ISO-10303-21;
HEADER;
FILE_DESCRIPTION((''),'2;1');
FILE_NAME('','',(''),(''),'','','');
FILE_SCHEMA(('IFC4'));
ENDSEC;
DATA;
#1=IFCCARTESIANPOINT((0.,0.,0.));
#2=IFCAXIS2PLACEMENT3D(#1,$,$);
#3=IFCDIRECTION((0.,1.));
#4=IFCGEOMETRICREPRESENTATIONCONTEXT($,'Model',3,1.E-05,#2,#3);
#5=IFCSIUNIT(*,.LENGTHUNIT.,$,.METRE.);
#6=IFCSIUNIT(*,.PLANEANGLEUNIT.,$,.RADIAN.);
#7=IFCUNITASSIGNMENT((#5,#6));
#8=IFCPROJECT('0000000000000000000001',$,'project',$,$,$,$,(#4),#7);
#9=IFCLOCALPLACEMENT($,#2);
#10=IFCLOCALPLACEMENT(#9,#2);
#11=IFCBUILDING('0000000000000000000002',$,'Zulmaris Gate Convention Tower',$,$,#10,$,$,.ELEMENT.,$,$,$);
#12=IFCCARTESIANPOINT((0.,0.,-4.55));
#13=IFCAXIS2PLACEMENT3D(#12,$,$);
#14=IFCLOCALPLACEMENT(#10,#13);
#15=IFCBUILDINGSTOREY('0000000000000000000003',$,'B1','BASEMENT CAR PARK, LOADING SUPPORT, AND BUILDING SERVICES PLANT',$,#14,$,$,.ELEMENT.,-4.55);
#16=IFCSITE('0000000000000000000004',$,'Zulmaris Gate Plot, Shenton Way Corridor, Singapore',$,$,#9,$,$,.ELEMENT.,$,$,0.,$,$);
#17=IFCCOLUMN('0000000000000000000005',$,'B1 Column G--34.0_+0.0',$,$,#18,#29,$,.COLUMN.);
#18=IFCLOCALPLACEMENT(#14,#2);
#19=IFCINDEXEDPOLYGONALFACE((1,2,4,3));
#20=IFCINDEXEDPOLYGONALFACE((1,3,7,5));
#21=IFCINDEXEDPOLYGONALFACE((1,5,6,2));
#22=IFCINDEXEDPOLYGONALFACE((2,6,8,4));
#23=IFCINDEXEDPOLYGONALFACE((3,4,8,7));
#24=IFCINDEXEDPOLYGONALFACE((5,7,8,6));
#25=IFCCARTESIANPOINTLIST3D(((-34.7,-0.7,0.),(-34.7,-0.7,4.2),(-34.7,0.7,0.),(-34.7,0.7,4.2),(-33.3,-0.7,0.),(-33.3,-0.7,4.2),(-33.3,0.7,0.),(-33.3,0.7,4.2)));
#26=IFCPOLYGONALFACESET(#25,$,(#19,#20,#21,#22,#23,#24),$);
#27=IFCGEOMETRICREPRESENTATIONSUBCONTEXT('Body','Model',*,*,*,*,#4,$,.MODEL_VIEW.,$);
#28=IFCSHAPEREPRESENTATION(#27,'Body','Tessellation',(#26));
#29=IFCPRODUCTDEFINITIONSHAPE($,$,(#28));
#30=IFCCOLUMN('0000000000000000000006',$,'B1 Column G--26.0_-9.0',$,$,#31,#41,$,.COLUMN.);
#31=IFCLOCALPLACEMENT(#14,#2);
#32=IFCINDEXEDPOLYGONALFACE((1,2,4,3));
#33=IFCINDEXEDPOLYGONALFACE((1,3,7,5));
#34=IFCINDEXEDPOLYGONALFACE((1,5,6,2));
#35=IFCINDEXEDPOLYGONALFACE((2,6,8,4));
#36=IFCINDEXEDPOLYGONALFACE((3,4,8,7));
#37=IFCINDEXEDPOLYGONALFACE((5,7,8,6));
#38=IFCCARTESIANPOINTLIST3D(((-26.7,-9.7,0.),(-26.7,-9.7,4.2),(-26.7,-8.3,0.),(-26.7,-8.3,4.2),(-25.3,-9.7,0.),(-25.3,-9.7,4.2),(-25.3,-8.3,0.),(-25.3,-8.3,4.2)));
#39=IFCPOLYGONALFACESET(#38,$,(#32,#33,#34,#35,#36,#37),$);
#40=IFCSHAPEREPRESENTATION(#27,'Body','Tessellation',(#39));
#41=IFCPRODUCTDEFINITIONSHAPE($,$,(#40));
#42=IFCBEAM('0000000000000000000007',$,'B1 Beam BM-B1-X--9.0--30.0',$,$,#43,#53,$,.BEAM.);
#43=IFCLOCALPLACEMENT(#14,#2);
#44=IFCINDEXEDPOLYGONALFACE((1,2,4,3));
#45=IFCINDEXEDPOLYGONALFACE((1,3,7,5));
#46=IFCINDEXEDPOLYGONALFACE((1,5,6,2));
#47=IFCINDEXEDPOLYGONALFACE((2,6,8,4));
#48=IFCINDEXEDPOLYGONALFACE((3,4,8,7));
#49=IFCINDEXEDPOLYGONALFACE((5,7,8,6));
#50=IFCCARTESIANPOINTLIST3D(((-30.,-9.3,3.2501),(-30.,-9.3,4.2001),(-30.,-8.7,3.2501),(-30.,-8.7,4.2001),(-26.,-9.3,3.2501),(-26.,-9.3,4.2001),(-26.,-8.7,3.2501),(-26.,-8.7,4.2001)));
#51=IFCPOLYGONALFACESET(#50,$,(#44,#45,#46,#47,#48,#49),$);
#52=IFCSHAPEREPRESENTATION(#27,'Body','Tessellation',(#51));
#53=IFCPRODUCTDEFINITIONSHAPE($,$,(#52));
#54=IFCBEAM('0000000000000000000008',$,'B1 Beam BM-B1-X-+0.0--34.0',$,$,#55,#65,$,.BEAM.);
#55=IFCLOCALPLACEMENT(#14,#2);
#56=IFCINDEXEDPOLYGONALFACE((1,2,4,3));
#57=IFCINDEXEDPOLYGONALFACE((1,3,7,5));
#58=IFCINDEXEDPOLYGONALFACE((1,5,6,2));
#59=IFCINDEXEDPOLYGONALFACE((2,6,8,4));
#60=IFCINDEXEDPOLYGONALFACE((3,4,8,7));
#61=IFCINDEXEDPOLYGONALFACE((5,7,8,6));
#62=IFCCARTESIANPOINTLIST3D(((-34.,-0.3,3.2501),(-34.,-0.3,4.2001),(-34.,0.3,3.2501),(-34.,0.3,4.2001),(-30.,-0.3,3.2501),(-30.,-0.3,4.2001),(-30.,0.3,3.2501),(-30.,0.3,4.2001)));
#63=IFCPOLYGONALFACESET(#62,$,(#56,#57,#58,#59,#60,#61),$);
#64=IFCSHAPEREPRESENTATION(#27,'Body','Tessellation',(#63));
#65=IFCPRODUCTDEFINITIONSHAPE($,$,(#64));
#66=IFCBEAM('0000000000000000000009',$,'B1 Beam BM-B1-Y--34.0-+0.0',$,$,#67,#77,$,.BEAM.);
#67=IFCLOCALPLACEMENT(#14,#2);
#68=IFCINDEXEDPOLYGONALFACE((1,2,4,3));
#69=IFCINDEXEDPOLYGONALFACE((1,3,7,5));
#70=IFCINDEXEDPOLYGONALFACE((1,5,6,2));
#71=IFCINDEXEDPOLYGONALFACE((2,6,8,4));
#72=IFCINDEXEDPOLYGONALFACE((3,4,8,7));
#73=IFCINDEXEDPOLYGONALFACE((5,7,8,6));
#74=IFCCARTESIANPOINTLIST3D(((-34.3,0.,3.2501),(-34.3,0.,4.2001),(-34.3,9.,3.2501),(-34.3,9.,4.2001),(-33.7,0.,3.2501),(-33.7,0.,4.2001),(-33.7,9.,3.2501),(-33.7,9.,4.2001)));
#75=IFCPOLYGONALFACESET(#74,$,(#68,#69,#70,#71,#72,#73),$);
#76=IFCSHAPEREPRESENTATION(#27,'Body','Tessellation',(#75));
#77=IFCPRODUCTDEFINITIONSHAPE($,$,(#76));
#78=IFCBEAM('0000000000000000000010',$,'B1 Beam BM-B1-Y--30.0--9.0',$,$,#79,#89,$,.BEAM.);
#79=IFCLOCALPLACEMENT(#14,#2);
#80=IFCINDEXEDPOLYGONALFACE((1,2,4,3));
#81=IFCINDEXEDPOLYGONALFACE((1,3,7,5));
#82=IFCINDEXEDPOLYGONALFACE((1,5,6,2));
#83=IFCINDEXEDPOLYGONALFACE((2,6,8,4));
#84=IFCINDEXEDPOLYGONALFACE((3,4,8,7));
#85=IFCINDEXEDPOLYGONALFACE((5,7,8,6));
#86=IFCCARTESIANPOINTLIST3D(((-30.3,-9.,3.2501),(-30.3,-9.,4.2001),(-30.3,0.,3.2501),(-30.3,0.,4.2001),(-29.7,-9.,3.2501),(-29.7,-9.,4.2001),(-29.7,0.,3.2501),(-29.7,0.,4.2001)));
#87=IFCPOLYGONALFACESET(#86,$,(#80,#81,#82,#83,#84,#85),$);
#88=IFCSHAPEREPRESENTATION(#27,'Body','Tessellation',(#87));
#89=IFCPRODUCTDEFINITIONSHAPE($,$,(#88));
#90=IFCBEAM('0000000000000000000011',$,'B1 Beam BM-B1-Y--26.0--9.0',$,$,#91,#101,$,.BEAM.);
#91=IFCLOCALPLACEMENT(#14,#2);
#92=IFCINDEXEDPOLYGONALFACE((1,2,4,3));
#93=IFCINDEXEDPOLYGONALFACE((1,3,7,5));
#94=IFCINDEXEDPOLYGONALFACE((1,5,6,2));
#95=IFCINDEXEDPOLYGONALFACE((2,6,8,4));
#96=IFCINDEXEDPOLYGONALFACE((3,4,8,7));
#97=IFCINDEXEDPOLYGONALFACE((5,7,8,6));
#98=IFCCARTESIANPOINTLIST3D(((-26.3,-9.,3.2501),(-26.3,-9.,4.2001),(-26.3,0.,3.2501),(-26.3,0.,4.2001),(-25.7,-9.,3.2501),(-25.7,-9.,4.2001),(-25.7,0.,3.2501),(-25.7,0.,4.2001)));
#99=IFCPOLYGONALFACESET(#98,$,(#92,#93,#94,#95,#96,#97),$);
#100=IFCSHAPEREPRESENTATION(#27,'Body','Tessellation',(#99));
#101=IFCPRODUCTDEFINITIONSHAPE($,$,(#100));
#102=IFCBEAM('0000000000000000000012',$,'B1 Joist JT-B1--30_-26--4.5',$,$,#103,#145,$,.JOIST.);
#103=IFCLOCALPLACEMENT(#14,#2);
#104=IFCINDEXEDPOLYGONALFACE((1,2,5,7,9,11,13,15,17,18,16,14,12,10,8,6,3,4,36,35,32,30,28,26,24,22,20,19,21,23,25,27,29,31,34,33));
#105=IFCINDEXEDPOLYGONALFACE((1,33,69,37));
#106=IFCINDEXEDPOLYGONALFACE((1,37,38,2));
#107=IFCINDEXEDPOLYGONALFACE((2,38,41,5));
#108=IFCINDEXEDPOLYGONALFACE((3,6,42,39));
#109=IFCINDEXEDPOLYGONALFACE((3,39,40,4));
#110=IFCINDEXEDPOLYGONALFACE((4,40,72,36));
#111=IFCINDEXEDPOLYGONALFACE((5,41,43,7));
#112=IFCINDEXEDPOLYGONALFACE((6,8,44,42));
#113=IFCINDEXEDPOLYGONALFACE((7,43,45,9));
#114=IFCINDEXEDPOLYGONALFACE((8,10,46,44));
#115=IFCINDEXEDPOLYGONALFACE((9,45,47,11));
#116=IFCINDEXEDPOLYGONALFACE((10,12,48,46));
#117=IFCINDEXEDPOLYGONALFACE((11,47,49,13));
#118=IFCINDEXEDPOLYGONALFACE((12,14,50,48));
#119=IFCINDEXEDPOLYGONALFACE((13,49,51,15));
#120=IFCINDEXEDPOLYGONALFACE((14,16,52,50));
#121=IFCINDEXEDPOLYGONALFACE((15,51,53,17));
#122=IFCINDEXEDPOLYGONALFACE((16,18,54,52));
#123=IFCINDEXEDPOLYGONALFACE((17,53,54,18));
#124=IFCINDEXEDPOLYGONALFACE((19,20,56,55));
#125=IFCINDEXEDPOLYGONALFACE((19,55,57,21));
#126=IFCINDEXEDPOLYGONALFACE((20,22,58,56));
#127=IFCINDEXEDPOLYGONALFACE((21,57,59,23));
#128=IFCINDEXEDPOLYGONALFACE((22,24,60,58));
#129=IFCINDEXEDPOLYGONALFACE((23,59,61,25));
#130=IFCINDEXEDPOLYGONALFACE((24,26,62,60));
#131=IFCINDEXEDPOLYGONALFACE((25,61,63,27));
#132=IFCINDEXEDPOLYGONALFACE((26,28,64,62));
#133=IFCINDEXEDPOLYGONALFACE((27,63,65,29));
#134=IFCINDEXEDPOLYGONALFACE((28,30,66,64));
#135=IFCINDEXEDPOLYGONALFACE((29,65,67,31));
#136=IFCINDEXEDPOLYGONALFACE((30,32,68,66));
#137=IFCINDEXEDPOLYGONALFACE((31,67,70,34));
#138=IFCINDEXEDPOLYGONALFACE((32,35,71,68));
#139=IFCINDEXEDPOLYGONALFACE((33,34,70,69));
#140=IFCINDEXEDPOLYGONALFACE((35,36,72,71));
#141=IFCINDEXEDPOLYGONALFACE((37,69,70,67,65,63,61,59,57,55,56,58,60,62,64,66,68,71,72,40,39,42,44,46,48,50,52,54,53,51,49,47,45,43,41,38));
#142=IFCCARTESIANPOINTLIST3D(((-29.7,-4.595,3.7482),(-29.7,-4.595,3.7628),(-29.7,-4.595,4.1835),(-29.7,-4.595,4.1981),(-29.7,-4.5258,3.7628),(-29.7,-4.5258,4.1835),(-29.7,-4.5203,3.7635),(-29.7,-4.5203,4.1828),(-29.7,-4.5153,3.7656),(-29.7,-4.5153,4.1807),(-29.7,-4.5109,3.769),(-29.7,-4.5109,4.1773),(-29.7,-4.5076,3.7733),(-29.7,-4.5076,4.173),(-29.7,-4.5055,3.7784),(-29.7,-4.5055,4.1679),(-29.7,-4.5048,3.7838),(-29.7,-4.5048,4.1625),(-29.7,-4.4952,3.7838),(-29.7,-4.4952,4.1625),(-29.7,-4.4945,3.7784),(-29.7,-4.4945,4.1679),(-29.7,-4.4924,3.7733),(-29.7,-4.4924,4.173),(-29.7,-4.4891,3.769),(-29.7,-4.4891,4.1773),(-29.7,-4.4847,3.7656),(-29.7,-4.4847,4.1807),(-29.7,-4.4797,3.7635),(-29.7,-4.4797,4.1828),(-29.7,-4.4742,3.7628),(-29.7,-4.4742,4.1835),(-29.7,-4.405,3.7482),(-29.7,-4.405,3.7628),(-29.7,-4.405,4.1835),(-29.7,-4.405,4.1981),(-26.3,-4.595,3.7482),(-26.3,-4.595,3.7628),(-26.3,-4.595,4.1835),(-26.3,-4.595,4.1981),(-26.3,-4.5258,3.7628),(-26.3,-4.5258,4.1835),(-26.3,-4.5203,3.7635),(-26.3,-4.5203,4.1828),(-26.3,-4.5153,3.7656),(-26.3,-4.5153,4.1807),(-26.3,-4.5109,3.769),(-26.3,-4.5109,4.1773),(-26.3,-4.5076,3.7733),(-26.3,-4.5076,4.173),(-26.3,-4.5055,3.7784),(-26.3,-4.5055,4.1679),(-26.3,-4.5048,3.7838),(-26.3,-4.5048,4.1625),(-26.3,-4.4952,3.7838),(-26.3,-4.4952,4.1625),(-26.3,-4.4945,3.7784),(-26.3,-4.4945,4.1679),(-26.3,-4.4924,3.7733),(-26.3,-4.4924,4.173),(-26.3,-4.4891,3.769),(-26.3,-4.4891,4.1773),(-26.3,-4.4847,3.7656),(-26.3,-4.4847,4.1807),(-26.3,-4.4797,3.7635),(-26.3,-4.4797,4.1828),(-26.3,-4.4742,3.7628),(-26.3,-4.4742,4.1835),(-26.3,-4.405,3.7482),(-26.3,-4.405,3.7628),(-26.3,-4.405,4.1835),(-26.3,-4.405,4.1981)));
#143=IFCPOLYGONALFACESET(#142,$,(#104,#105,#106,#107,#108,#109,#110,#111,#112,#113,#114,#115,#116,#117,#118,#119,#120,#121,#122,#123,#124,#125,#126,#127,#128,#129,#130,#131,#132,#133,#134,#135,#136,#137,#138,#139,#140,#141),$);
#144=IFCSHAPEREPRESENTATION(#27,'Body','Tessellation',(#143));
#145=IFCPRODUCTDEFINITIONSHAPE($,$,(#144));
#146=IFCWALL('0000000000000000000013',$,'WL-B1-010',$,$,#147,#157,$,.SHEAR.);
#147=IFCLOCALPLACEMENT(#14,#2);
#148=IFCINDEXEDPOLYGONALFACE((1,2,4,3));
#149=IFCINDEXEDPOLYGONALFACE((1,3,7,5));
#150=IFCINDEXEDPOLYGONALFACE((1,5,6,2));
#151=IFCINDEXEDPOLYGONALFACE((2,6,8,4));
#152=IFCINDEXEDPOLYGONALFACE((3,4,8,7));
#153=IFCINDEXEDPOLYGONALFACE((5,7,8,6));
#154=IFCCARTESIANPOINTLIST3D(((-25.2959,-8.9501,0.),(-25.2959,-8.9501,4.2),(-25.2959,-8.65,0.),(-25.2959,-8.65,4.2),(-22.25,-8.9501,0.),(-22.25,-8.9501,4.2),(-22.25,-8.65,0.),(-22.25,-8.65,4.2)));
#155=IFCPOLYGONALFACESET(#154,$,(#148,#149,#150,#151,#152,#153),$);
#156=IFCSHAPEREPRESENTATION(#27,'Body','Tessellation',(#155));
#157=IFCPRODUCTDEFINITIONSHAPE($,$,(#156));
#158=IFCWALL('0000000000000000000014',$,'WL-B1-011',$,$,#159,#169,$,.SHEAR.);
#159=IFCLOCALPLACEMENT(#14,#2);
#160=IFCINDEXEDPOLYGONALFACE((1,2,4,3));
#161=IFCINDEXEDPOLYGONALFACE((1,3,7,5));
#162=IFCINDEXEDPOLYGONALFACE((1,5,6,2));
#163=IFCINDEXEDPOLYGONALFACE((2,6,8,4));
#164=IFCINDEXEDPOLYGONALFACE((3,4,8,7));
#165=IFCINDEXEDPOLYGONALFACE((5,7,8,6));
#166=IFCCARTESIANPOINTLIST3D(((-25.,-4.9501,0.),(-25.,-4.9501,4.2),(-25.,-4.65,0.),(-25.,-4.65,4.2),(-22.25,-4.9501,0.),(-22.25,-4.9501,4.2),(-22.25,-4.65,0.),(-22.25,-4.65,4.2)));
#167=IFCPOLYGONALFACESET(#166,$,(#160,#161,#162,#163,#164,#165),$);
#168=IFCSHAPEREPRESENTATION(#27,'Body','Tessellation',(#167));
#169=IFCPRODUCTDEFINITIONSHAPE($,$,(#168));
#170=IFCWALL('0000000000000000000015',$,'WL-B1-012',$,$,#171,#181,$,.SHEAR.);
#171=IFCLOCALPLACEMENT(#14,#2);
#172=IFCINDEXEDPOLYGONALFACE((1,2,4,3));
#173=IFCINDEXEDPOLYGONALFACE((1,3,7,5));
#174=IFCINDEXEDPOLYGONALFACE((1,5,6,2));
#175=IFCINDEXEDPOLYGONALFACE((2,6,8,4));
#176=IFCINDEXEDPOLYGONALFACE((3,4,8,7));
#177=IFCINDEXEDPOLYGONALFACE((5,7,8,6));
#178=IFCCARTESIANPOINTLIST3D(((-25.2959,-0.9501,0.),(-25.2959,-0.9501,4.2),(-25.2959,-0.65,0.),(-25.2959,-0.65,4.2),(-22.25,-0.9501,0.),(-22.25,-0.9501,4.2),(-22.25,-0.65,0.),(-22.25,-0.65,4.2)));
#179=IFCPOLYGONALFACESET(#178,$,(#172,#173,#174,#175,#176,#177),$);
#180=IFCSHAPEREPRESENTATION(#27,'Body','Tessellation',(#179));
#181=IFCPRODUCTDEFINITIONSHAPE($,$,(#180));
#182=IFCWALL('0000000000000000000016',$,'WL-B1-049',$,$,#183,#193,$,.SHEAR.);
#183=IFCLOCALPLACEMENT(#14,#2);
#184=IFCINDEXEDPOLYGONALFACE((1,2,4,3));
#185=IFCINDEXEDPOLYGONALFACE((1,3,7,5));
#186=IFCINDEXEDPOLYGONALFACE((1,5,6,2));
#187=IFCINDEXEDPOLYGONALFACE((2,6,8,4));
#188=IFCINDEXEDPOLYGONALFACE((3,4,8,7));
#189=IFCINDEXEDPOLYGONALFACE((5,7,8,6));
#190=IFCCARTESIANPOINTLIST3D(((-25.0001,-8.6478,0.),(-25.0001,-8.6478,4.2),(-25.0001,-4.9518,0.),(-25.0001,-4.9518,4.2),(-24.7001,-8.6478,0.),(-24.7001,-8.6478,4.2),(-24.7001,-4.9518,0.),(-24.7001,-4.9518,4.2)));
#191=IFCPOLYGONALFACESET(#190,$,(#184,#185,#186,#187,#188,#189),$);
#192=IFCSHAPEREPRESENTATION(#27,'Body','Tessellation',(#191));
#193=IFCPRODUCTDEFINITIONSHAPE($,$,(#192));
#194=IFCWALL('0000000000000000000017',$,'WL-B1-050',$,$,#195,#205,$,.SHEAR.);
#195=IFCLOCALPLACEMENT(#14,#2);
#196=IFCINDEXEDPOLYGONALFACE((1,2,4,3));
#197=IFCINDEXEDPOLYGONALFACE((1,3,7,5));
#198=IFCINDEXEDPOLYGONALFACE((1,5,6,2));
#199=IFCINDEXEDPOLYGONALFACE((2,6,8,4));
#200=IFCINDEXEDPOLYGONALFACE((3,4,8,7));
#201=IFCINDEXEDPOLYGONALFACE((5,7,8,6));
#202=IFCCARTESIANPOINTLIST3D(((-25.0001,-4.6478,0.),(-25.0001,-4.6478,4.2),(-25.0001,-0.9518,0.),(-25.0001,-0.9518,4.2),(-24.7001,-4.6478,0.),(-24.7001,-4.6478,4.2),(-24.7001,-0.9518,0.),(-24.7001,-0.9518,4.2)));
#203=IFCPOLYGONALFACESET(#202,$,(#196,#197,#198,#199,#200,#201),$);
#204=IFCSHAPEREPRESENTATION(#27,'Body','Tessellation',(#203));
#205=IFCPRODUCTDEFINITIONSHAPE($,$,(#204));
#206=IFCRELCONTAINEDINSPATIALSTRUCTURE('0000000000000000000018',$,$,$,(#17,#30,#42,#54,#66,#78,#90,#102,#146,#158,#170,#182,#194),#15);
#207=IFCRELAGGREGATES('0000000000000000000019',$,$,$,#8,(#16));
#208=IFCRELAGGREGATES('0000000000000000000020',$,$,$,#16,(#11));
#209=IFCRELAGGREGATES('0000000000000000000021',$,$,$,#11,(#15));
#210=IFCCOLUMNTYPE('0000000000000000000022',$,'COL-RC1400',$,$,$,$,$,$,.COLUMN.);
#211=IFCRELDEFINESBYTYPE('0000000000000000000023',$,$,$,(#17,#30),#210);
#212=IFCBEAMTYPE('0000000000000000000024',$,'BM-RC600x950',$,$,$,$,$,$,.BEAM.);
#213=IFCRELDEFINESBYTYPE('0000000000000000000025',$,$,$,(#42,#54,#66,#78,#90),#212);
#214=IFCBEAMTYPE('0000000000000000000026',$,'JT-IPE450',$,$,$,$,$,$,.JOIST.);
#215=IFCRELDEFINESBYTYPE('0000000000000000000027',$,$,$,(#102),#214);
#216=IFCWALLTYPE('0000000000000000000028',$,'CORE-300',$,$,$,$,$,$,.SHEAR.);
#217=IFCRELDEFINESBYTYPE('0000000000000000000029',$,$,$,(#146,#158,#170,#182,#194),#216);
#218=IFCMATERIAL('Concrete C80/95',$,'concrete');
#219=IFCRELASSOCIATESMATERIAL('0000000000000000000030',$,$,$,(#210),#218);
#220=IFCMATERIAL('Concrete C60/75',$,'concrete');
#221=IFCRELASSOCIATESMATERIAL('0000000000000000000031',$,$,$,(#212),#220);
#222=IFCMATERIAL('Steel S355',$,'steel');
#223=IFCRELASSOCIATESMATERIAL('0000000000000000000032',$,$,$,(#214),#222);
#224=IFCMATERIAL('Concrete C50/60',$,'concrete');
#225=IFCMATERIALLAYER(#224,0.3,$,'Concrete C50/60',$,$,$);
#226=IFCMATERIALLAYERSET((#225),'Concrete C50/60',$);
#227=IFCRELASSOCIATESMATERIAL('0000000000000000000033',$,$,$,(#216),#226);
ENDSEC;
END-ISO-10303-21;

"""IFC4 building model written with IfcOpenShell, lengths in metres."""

from ifc_helpers import new_model, si_unit, direction, frame, frame_2d, origin, origin_2d, place, context, subcontext, project, spatial, rectangle, i_section, extrude, material, layer, layer_set, material_profile, profile_set, type_object, element, save


model = new_model("IFC4")

# Units and contexts
model_context = context("Model", 3, precision=1e-05, world=origin(), true_north=direction((0.0, 1.0)))
body_context = subcontext(model_context, "Body", "Model", "MODEL_VIEW")
ifc_project = project(units=[si_unit("LENGTHUNIT", "METRE"), si_unit("PLANEANGLEUNIT", "RADIAN")], contexts=[model_context])

# Site, building, storey
site_placement = place(None, origin())
site = spatial("IfcSite", under=ifc_project, at=site_placement, Name="Zulmaris Gate Plot, Shenton Way Corridor, Singapore", CompositionType="ELEMENT", RefElevation=0.0)
building_placement = place(site_placement, origin())
building = spatial("IfcBuilding", under=site, at=building_placement, Name="Zulmaris Gate Convention Tower", CompositionType="ELEMENT")
storey_placement = place(building_placement, frame((0.0, 0.0, -4.55)))
storey = spatial("IfcBuildingStorey", under=building, at=storey_placement, Name="B1", Description="BASEMENT CAR PARK, LOADING SUPPORT, AND BUILDING SERVICES PLANT", CompositionType="ELEMENT", Elevation=-4.55)

# Columns
ifc_material_1 = material(Name="Concrete C80/95", Category="concrete")
ifc_material_profile_1 = material_profile(ifc_material_1, rectangle(XDim=1.3999, YDim=1.3999, at=origin_2d()), Name="RC COL 1400x1400")
ifc_profile_set_1 = profile_set([ifc_material_profile_1], Name="Concrete C80/95")
column_type = type_object("IfcColumnType", Name="COL-RC1400", PredefinedType="COLUMN", material=ifc_profile_set_1)
for number, where, z_axis, x_axis, name in (
    (1, (-34.0, 0.0, 0.0), (0.0, 0.0, 1.0), (1.0, 0.0, 0.0), "B1 Column G--34.0_+0.0"),
    (2, (-26.0, -9.0, 0.0), (0.0, 0.0, 1.0), (1.0, 0.0, 0.0), "B1 Column G--26.0_-9.0"),
):
    element("IfcColumn", number, at=place(storey_placement, frame(where, z_axis=z_axis, x_axis=x_axis)), inside=storey, type_object=column_type, Name=name, PredefinedType="COLUMN", context=body_context, shape_type="SweptSolid", body=[
        extrude(rectangle(XDim=1.3999, YDim=1.3999, at=origin_2d()), origin(), (0.0, 0.0, 1.0), 4.2),
    ])

# Beams
ifc_material_2 = material(Name="Concrete C60/75", Category="concrete")
ifc_material_profile_2 = material_profile(ifc_material_2, rectangle(XDim=0.6001, YDim=0.95, at=origin_2d()), Name="RC BEAM 600x950")
ifc_profile_set_2 = profile_set([ifc_material_profile_2], Name="Concrete C60/75")
beam_type_1 = type_object("IfcBeamType", Name="BM-RC600x950", PredefinedType="BEAM", material=ifc_profile_set_2)
for number, where, z_axis, x_axis, name in (
    (3, (-30.0, -9.0, 3.7251), (1.0, 0.0, 0.0), (0.0, 1.0, 0.0), "B1 Beam BM-B1-X--9.0--30.0"),
    (4, (-34.0, 0.0, 3.7251), (1.0, 0.0, 0.0), (0.0, 1.0, 0.0), "B1 Beam BM-B1-X-+0.0--34.0"),
):
    element("IfcBeam", number, at=place(storey_placement, frame(where, z_axis=z_axis, x_axis=x_axis)), inside=storey, type_object=beam_type_1, Name=name, PredefinedType="BEAM", context=body_context, shape_type="SweptSolid", body=[
        extrude(rectangle(XDim=0.6001, YDim=0.95, at=origin_2d()), origin(), (0.0, 0.0, 1.0), 4.0),
    ])
for number, where, z_axis, x_axis, name in (
    (5, (-34.0, 0.0, 3.7251), (0.0, 1.0, 0.0), (-1.0, 0.0, 0.0), "B1 Beam BM-B1-Y--34.0-+0.0"),
    (6, (-30.0, -9.0, 3.7251), (0.0, 1.0, 0.0), (-1.0, 0.0, 0.0), "B1 Beam BM-B1-Y--30.0--9.0"),
    (7, (-26.0, -9.0, 3.7251), (0.0, 1.0, 0.0), (-1.0, 0.0, 0.0), "B1 Beam BM-B1-Y--26.0--9.0"),
):
    element("IfcBeam", number, at=place(storey_placement, frame(where, z_axis=z_axis, x_axis=x_axis)), inside=storey, type_object=beam_type_1, Name=name, PredefinedType="BEAM", context=body_context, shape_type="SweptSolid", body=[
        extrude(rectangle(XDim=0.6001, YDim=0.95, at=origin_2d()), origin(), (0.0, 0.0, 1.0), 9.0),
    ])
ifc_material_3 = material(Name="Steel S355", Category="steel")
ifc_material_profile_3 = material_profile(ifc_material_3, i_section(OverallWidth=0.1899, OverallDepth=0.45, WebThickness=0.0095, FlangeThickness=0.0146, FilletRadius=0.021, at=origin_2d()), Name="IPE 450")
ifc_profile_set_3 = profile_set([ifc_material_profile_3], Name="Steel S355")
beam_type_2 = type_object("IfcBeamType", Name="JT-IPE450", PredefinedType="JOIST", material=ifc_profile_set_3)
beam_placement = place(storey_placement, frame((-29.7, -4.5, 3.9731), z_axis=(1.0, 0.0, 0.0), x_axis=(0.0, 1.0, 0.0)))
element("IfcBeam", 8, at=beam_placement, inside=storey, type_object=beam_type_2, Name="B1 Joist JT-B1--30_-26--4.5", PredefinedType="JOIST", context=body_context, shape_type="SweptSolid", body=[
    extrude(i_section(OverallWidth=0.1899, OverallDepth=0.45, WebThickness=0.0095, FlangeThickness=0.0146, FilletRadius=0.021, at=origin_2d()), origin(), (0.0, 0.0, 1.0), 3.3999),
])

# Walls
ifc_material_4 = material(Name="Concrete C50/60", Category="concrete")
ifc_layer_1 = layer(ifc_material_4, 0.3, Name="Concrete C50/60")
ifc_layer_set_1 = layer_set([ifc_layer_1], Name="Concrete C50/60")
wall_type_1 = type_object("IfcWallType", Name="CORE-300", PredefinedType="SHEAR", material=ifc_layer_set_1)
wall_1_placement = place(storey_placement, frame((-25.2959, -8.8, 0.0), z_axis=(0.0, 0.0, 1.0), x_axis=(1.0, 0.0, 0.0)))
element("IfcWall", 9, at=wall_1_placement, inside=storey, type_object=wall_type_1, Name="WL-B1-010", PredefinedType="SHEAR", context=body_context, shape_type="SweptSolid", body=[
    extrude(rectangle(XDim=3.0459, YDim=0.3, at=frame_2d((1.5229, 0.0))), origin(), (0.0, 0.0, 1.0), 4.2),
])
wall_2_placement = place(storey_placement, frame((-25.0, -4.8, 0.0), z_axis=(0.0, 0.0, 1.0), x_axis=(1.0, 0.0, 0.0)))
element("IfcWall", 10, at=wall_2_placement, inside=storey, type_object=wall_type_1, Name="WL-B1-011", PredefinedType="SHEAR", context=body_context, shape_type="SweptSolid", body=[
    extrude(rectangle(XDim=2.75, YDim=0.3, at=frame_2d((1.375, 0.0))), origin(), (0.0, 0.0, 1.0), 4.2),
])
wall_3_placement = place(storey_placement, frame((-25.2959, -0.8, 0.0), z_axis=(0.0, 0.0, 1.0), x_axis=(1.0, 0.0, 0.0)))
element("IfcWall", 11, at=wall_3_placement, inside=storey, type_object=wall_type_1, Name="WL-B1-012", PredefinedType="SHEAR", context=body_context, shape_type="SweptSolid", body=[
    extrude(rectangle(XDim=3.0459, YDim=0.3, at=frame_2d((1.5229, 0.0))), origin(), (0.0, 0.0, 1.0), 4.2),
])
for number, where, z_axis, x_axis, name in (
    (12, (-24.8501, -8.6479, 0.0), (0.0, 0.0, 1.0), (0.0, 1.0, 0.0), "WL-B1-049"),
    (13, (-24.8501, -4.6479, 0.0), (0.0, 0.0, 1.0), (0.0, 1.0, 0.0), "WL-B1-050"),
):
    element("IfcWall", number, at=place(storey_placement, frame(where, z_axis=z_axis, x_axis=x_axis)), inside=storey, type_object=wall_type_1, Name=name, PredefinedType="SHEAR", context=body_context, shape_type="SweptSolid", body=[
        extrude(rectangle(XDim=3.696, YDim=0.3, at=frame_2d((1.8481, 0.0))), origin(), (0.0, 0.0, 1.0), 4.2),
    ])

save(model, "model.ifc")
